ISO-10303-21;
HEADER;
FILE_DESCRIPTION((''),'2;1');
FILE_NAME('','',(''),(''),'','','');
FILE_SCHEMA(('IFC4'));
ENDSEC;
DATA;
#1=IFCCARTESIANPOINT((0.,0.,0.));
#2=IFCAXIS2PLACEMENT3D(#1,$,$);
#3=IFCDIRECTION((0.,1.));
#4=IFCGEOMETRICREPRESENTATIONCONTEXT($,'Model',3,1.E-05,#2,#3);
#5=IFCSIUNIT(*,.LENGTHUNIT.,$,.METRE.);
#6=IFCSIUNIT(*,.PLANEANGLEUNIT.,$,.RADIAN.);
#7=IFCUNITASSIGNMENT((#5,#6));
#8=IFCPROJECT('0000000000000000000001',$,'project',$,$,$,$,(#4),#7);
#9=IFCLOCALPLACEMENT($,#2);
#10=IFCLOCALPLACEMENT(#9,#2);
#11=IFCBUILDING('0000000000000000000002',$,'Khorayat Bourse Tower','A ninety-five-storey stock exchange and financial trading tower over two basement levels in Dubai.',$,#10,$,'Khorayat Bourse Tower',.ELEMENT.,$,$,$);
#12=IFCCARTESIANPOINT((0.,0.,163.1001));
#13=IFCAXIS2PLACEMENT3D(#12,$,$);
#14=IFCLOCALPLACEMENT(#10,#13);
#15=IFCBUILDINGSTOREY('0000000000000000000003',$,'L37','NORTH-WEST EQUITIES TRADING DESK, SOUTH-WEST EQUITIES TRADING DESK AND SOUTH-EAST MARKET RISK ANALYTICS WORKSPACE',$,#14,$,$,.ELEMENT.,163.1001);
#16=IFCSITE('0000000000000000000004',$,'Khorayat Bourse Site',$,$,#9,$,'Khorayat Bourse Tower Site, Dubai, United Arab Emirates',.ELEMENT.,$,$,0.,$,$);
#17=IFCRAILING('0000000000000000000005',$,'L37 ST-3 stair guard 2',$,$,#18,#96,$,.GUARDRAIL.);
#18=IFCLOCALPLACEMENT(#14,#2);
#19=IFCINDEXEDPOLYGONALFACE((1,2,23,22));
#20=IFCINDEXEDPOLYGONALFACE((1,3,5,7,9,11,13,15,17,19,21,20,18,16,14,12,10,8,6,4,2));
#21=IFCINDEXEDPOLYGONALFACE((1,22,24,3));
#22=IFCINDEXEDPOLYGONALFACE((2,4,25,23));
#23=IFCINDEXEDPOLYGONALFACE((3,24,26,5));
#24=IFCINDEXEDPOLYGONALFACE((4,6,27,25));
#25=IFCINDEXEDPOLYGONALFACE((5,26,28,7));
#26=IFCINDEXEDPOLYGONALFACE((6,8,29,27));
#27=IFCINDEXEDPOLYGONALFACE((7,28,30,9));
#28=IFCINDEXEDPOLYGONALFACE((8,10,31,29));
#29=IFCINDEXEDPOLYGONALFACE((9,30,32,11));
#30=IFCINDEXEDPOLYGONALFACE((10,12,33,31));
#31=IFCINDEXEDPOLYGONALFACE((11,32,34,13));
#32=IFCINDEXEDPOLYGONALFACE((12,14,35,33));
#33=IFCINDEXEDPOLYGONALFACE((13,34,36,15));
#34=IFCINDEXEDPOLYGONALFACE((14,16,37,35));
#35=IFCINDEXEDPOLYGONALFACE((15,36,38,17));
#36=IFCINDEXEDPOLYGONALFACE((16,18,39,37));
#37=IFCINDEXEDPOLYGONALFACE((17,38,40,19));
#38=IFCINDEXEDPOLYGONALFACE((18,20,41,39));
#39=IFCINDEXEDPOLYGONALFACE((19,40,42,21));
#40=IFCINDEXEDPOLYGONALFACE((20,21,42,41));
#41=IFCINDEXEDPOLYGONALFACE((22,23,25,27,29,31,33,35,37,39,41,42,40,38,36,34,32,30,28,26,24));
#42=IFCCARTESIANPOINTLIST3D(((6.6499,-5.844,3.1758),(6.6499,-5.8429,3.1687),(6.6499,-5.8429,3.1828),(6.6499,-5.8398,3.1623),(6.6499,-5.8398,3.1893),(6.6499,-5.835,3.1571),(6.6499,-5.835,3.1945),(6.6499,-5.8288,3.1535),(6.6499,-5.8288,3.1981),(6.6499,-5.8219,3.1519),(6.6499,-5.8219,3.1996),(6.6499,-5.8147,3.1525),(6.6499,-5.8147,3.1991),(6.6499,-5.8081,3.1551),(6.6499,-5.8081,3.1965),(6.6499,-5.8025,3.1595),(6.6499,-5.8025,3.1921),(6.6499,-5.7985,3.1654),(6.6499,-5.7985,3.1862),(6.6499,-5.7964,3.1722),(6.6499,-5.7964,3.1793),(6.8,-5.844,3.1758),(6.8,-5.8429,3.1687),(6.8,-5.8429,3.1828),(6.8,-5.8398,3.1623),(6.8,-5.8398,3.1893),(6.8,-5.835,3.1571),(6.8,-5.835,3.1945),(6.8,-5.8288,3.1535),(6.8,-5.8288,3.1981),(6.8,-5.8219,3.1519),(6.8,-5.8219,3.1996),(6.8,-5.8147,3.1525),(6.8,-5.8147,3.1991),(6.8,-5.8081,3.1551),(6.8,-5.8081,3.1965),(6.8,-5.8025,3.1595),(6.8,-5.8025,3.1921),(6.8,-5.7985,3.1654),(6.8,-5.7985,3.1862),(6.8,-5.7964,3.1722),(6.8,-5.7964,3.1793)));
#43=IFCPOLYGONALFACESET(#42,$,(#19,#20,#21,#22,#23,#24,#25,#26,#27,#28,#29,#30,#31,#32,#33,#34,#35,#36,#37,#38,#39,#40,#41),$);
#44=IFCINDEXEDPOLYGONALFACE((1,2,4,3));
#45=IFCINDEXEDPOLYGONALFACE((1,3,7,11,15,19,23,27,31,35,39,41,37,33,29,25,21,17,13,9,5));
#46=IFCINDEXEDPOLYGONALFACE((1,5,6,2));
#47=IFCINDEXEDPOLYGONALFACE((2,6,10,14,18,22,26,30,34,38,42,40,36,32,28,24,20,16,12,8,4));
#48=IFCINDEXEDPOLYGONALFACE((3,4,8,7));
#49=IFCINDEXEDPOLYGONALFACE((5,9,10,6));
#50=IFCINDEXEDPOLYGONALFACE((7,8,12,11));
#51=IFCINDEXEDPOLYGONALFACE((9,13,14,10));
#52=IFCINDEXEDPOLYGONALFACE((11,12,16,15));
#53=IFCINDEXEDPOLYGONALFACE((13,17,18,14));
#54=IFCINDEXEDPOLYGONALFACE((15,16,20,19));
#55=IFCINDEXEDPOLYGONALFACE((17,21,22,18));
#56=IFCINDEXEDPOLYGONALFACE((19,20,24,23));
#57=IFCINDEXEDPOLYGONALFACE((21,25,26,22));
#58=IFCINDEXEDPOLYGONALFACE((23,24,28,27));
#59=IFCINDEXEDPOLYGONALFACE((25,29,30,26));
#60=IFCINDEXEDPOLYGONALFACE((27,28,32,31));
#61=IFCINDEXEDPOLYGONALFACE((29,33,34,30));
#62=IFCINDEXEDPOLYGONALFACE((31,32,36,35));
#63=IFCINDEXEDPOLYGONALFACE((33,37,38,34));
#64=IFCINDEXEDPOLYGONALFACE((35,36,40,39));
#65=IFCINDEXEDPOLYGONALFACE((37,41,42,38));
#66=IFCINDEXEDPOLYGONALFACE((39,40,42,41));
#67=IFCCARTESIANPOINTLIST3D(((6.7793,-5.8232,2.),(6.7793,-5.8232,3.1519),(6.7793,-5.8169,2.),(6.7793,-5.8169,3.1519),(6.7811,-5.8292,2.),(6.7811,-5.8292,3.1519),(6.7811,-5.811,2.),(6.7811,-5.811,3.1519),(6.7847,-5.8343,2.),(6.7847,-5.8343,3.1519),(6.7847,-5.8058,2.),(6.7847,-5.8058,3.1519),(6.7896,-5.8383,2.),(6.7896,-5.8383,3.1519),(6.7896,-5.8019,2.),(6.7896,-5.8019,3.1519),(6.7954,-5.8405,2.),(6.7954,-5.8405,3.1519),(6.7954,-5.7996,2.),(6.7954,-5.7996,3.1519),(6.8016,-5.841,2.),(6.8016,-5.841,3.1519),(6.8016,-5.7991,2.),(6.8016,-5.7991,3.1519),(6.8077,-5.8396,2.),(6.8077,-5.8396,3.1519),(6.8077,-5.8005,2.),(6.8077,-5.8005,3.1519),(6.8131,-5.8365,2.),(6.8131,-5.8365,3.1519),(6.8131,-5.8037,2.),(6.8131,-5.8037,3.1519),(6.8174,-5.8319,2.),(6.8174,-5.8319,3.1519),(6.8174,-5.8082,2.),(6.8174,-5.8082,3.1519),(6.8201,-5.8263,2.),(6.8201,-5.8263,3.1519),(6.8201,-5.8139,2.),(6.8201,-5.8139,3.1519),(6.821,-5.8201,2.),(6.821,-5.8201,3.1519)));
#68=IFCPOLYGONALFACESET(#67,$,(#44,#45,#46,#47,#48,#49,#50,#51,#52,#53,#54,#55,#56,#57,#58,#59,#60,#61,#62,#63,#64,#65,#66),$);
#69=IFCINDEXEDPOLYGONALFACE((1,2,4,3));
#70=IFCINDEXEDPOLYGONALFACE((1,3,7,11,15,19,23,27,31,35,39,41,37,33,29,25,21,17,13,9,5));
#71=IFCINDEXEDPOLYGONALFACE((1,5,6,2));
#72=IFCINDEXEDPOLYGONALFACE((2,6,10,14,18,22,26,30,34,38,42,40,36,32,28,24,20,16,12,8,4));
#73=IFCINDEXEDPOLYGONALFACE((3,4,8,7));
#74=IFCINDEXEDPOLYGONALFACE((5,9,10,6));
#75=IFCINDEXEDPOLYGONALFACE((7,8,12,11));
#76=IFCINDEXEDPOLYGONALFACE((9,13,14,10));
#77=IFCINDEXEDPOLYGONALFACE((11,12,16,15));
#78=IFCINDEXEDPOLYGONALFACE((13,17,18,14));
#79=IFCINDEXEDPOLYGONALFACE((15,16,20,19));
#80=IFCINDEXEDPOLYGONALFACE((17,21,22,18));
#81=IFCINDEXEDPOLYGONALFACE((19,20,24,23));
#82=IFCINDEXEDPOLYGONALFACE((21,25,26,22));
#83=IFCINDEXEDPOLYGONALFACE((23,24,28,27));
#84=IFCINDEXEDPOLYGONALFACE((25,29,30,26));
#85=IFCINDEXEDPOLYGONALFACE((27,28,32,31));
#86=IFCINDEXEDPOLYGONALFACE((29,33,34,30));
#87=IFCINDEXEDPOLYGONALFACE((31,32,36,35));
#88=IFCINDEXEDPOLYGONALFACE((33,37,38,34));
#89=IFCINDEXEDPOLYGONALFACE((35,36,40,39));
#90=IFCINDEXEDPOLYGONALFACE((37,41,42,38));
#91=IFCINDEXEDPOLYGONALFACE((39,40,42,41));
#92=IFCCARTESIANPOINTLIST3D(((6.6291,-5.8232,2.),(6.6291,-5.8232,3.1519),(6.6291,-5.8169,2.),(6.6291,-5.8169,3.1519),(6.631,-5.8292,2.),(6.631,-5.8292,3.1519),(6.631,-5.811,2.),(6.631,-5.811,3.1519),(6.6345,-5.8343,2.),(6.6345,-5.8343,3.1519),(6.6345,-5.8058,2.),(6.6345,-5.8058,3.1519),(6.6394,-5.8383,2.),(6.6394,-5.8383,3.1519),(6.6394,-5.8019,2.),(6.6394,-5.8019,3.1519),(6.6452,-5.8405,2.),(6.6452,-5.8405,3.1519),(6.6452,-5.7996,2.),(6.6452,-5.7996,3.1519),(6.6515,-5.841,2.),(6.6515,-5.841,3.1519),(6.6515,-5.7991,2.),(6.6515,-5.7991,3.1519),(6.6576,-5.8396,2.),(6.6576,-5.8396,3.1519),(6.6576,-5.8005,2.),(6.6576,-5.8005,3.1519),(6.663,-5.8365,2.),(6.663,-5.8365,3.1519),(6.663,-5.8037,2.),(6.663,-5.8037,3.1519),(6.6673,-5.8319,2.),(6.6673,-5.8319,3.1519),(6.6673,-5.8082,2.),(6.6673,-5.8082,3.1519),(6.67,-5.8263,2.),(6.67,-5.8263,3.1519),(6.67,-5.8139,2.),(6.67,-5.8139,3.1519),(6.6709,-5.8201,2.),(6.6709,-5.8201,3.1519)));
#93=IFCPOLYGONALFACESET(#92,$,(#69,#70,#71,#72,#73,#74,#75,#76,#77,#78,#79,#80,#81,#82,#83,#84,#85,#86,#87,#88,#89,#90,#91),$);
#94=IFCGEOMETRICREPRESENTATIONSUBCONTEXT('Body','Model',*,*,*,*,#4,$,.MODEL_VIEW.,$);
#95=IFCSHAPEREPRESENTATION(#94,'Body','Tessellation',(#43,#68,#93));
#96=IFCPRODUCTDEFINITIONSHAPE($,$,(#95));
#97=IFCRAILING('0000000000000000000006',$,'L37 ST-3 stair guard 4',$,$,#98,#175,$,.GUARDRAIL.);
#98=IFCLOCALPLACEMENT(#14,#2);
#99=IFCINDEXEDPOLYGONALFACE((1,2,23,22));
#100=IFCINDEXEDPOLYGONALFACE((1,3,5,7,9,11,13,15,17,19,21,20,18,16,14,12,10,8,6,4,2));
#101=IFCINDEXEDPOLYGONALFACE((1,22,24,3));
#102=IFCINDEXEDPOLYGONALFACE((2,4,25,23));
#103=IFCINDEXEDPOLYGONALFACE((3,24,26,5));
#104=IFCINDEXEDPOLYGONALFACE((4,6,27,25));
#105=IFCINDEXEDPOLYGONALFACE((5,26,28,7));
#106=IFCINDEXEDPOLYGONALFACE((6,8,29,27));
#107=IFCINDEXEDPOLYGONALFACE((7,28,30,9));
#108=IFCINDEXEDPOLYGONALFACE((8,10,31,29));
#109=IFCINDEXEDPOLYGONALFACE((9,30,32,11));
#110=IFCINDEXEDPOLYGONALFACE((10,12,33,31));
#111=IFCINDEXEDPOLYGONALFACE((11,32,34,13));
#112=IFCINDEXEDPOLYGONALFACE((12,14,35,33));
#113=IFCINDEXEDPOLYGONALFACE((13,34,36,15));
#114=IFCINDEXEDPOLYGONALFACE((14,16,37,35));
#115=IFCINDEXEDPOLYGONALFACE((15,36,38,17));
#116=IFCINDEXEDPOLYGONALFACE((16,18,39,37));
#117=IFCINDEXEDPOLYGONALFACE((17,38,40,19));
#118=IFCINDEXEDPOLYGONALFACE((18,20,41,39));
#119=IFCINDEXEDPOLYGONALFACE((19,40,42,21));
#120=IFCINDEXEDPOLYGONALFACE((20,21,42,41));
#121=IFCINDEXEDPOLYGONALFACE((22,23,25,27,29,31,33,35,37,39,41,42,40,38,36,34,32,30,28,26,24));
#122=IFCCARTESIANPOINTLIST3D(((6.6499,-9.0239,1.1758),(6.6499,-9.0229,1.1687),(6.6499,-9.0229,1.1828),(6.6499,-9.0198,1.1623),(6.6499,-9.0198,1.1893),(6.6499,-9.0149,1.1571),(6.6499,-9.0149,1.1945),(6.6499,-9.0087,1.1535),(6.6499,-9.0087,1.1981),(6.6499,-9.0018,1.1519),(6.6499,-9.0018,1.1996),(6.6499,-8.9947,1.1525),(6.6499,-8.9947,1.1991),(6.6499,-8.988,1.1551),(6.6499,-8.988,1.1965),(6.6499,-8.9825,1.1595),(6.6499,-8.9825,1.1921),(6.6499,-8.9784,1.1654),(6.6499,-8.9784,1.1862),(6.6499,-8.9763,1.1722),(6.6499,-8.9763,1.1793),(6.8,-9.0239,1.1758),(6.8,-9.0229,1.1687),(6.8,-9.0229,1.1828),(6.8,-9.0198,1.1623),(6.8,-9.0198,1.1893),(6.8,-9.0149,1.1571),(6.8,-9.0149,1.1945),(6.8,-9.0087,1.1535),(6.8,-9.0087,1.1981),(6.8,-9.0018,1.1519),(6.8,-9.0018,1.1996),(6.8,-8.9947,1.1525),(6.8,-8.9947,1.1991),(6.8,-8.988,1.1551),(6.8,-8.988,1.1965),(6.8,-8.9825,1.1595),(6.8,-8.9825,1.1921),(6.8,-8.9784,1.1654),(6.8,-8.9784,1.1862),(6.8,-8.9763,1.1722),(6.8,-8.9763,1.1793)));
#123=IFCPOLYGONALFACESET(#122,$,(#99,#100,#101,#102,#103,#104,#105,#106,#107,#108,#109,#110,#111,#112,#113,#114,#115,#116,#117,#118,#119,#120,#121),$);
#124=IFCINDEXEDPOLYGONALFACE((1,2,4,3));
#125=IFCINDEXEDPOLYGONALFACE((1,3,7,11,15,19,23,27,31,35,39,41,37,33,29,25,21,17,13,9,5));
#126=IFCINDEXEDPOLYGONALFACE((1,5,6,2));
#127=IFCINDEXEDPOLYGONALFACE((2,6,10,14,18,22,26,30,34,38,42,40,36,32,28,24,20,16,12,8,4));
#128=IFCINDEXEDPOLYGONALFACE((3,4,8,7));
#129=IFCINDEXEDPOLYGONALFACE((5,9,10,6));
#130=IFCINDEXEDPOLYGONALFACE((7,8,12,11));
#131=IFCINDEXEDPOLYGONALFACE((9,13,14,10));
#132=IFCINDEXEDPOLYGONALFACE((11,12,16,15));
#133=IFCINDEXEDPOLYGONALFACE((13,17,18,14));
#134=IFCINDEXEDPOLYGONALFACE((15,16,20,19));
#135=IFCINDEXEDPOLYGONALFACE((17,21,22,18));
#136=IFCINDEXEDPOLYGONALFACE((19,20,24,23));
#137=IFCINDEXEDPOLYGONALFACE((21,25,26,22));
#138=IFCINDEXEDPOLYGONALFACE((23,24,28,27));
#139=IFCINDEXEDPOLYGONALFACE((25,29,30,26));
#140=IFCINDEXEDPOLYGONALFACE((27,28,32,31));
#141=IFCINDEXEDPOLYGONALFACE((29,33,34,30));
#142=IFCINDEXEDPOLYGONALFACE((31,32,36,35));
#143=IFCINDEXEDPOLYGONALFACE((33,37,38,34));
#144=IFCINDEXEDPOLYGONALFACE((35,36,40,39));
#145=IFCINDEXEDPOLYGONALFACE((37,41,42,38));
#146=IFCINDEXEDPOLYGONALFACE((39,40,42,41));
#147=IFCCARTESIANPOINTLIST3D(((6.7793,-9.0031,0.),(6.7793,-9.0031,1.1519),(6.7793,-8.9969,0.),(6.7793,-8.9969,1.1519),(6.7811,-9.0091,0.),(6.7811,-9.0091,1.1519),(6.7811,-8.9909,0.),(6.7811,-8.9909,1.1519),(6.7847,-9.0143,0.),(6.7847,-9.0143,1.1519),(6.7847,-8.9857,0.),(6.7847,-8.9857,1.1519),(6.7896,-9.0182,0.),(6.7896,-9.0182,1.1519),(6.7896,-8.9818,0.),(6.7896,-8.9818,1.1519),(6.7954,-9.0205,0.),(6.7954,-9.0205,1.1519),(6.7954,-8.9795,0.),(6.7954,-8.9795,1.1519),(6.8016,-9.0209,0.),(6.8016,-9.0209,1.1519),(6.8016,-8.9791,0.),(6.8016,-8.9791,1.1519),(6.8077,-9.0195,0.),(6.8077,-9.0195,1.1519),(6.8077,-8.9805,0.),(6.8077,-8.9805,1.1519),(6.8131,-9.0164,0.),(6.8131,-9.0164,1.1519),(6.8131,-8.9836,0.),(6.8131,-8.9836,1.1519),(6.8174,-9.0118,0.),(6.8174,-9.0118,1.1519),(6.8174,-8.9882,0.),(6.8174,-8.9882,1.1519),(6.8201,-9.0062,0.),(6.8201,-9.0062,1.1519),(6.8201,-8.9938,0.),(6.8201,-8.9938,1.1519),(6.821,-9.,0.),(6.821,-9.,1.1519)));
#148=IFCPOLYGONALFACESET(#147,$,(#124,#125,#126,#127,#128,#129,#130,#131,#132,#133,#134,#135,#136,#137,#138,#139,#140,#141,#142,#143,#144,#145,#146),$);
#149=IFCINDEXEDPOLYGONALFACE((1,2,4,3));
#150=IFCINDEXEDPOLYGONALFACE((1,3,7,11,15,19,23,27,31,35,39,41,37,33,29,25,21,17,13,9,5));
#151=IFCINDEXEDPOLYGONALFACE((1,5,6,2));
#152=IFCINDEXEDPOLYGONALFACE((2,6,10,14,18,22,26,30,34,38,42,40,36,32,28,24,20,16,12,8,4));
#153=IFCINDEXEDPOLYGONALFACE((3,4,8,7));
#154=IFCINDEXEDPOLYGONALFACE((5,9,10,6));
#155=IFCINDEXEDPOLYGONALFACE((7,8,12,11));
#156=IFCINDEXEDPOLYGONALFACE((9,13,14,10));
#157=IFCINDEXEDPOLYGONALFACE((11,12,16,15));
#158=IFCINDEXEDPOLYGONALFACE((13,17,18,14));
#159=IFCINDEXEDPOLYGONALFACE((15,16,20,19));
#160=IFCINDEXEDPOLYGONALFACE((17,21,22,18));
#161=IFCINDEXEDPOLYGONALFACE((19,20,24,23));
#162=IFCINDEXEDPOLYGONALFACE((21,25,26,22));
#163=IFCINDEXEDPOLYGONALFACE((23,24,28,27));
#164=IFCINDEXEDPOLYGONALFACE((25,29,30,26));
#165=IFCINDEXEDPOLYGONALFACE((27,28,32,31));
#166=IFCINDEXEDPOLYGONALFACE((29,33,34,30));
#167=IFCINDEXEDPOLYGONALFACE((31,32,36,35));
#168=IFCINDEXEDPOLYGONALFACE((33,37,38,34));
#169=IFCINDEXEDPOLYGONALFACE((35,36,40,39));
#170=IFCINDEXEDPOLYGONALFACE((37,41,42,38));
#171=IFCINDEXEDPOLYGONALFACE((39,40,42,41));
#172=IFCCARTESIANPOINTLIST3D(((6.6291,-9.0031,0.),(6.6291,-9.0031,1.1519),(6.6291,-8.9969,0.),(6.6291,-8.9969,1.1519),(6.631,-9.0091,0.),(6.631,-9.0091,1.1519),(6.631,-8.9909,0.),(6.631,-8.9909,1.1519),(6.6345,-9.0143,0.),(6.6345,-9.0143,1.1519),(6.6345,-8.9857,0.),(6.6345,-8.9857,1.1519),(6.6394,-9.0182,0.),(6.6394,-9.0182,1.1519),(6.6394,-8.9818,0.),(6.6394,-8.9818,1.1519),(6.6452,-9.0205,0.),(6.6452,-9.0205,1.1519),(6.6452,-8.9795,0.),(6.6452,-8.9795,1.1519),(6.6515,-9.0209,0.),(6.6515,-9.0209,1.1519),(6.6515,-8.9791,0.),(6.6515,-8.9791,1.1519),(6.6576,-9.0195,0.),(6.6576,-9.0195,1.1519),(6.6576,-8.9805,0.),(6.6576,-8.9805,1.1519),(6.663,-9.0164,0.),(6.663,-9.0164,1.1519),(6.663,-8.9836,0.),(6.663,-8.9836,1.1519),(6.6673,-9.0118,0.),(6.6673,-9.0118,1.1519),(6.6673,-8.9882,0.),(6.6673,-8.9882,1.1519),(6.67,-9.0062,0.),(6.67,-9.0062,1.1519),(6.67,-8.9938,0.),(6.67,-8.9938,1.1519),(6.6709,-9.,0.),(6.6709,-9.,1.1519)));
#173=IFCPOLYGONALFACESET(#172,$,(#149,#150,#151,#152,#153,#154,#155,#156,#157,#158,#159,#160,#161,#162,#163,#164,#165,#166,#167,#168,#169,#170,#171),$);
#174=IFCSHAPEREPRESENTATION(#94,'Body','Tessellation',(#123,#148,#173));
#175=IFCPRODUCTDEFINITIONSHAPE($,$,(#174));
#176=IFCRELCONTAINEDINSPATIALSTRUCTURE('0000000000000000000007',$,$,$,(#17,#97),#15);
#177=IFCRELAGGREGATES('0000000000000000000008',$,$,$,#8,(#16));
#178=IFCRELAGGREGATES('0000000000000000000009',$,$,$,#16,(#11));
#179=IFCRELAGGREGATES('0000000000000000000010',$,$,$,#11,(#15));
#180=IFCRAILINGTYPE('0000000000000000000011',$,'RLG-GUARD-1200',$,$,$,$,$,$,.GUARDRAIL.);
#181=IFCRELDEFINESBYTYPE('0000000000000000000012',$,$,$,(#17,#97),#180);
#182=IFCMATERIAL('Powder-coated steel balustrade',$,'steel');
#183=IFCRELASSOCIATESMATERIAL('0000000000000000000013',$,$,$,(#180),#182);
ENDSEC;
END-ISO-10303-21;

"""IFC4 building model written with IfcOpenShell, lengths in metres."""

from ifc_helpers import new_model, si_unit, direction, frame, origin, origin_2d, place, context, subcontext, project, spatial, circle, extrude, source, transform, mapped, material, type_object, element, save


model = new_model("IFC4")

# Units and contexts
model_context = context("Model", 3, precision=1e-05, world=origin(), true_north=direction((0.0, 1.0)))
body_context = subcontext(model_context, "Body", "Model", "MODEL_VIEW")
ifc_project = project(units=[si_unit("LENGTHUNIT", "METRE"), si_unit("PLANEANGLEUNIT", "RADIAN")], contexts=[model_context])

# Site, building, storey
site_placement = place(None, origin())
site = spatial("IfcSite", under=ifc_project, at=site_placement, Name="Khorayat Bourse Site", LongName="Khorayat Bourse Tower Site, Dubai, United Arab Emirates", CompositionType="ELEMENT", RefElevation=0.0)
building_placement = place(site_placement, origin())
building = spatial("IfcBuilding", under=site, at=building_placement, Name="Khorayat Bourse Tower", Description="A ninety-five-storey stock exchange and financial trading tower over two basement levels in Dubai.", LongName="Khorayat Bourse Tower", CompositionType="ELEMENT")
storey_placement = place(building_placement, frame((0.0, 0.0, 163.1001)))
storey = spatial("IfcBuildingStorey", under=building, at=storey_placement, Name="L37", Description="NORTH-WEST EQUITIES TRADING DESK, SOUTH-WEST EQUITIES TRADING DESK AND SOUTH-EAST MARKET RISK ANALYTICS WORKSPACE", CompositionType="ELEMENT", Elevation=163.1001)

# Railings
ifc_material_1 = material(Name="Powder-coated steel balustrade", Category="steel")
railing_type_1 = type_object("IfcRailingType", Name="RLG-GUARD-1200", PredefinedType="GUARDRAIL", material=ifc_material_1)
shared_shape_1 = source(origin(), body_context, "Body", "SweptSolid", [
    extrude(circle(Radius=0.0239, at=origin_2d()), frame((0.0, 0.0, 1.1758), z_axis=(-1.0, 0.0, 0.0), x_axis=(0.0, -1.0, 0.0)), (0.0, 0.0, 1.0), 0.1501),
    extrude(circle(Radius=0.021, at=origin_2d()), origin(), (0.0, 0.0, 1.0), 1.1519),
    extrude(circle(Radius=0.021, at=origin_2d()), frame((-0.1501, 0.0, 0.0)), (0.0, 0.0, 1.0), 1.1519),
])
for number, where, name in (
    (1, (6.8, -5.8201, 2.0), "L37 ST-3 stair guard 2"),
    (2, (6.8, -9.0, 0.0), "L37 ST-3 stair guard 4"),
):
    element("IfcRailing", number, at=place(storey_placement, frame(where)), inside=storey, type_object=railing_type_1, Name=name, PredefinedType="GUARDRAIL", context=body_context, shape_type="MappedRepresentation", body=[
        mapped(shared_shape_1, transform((0.0, 0.0, 0.0), scale=1.0)),
    ])

save(model, "model.ifc")
